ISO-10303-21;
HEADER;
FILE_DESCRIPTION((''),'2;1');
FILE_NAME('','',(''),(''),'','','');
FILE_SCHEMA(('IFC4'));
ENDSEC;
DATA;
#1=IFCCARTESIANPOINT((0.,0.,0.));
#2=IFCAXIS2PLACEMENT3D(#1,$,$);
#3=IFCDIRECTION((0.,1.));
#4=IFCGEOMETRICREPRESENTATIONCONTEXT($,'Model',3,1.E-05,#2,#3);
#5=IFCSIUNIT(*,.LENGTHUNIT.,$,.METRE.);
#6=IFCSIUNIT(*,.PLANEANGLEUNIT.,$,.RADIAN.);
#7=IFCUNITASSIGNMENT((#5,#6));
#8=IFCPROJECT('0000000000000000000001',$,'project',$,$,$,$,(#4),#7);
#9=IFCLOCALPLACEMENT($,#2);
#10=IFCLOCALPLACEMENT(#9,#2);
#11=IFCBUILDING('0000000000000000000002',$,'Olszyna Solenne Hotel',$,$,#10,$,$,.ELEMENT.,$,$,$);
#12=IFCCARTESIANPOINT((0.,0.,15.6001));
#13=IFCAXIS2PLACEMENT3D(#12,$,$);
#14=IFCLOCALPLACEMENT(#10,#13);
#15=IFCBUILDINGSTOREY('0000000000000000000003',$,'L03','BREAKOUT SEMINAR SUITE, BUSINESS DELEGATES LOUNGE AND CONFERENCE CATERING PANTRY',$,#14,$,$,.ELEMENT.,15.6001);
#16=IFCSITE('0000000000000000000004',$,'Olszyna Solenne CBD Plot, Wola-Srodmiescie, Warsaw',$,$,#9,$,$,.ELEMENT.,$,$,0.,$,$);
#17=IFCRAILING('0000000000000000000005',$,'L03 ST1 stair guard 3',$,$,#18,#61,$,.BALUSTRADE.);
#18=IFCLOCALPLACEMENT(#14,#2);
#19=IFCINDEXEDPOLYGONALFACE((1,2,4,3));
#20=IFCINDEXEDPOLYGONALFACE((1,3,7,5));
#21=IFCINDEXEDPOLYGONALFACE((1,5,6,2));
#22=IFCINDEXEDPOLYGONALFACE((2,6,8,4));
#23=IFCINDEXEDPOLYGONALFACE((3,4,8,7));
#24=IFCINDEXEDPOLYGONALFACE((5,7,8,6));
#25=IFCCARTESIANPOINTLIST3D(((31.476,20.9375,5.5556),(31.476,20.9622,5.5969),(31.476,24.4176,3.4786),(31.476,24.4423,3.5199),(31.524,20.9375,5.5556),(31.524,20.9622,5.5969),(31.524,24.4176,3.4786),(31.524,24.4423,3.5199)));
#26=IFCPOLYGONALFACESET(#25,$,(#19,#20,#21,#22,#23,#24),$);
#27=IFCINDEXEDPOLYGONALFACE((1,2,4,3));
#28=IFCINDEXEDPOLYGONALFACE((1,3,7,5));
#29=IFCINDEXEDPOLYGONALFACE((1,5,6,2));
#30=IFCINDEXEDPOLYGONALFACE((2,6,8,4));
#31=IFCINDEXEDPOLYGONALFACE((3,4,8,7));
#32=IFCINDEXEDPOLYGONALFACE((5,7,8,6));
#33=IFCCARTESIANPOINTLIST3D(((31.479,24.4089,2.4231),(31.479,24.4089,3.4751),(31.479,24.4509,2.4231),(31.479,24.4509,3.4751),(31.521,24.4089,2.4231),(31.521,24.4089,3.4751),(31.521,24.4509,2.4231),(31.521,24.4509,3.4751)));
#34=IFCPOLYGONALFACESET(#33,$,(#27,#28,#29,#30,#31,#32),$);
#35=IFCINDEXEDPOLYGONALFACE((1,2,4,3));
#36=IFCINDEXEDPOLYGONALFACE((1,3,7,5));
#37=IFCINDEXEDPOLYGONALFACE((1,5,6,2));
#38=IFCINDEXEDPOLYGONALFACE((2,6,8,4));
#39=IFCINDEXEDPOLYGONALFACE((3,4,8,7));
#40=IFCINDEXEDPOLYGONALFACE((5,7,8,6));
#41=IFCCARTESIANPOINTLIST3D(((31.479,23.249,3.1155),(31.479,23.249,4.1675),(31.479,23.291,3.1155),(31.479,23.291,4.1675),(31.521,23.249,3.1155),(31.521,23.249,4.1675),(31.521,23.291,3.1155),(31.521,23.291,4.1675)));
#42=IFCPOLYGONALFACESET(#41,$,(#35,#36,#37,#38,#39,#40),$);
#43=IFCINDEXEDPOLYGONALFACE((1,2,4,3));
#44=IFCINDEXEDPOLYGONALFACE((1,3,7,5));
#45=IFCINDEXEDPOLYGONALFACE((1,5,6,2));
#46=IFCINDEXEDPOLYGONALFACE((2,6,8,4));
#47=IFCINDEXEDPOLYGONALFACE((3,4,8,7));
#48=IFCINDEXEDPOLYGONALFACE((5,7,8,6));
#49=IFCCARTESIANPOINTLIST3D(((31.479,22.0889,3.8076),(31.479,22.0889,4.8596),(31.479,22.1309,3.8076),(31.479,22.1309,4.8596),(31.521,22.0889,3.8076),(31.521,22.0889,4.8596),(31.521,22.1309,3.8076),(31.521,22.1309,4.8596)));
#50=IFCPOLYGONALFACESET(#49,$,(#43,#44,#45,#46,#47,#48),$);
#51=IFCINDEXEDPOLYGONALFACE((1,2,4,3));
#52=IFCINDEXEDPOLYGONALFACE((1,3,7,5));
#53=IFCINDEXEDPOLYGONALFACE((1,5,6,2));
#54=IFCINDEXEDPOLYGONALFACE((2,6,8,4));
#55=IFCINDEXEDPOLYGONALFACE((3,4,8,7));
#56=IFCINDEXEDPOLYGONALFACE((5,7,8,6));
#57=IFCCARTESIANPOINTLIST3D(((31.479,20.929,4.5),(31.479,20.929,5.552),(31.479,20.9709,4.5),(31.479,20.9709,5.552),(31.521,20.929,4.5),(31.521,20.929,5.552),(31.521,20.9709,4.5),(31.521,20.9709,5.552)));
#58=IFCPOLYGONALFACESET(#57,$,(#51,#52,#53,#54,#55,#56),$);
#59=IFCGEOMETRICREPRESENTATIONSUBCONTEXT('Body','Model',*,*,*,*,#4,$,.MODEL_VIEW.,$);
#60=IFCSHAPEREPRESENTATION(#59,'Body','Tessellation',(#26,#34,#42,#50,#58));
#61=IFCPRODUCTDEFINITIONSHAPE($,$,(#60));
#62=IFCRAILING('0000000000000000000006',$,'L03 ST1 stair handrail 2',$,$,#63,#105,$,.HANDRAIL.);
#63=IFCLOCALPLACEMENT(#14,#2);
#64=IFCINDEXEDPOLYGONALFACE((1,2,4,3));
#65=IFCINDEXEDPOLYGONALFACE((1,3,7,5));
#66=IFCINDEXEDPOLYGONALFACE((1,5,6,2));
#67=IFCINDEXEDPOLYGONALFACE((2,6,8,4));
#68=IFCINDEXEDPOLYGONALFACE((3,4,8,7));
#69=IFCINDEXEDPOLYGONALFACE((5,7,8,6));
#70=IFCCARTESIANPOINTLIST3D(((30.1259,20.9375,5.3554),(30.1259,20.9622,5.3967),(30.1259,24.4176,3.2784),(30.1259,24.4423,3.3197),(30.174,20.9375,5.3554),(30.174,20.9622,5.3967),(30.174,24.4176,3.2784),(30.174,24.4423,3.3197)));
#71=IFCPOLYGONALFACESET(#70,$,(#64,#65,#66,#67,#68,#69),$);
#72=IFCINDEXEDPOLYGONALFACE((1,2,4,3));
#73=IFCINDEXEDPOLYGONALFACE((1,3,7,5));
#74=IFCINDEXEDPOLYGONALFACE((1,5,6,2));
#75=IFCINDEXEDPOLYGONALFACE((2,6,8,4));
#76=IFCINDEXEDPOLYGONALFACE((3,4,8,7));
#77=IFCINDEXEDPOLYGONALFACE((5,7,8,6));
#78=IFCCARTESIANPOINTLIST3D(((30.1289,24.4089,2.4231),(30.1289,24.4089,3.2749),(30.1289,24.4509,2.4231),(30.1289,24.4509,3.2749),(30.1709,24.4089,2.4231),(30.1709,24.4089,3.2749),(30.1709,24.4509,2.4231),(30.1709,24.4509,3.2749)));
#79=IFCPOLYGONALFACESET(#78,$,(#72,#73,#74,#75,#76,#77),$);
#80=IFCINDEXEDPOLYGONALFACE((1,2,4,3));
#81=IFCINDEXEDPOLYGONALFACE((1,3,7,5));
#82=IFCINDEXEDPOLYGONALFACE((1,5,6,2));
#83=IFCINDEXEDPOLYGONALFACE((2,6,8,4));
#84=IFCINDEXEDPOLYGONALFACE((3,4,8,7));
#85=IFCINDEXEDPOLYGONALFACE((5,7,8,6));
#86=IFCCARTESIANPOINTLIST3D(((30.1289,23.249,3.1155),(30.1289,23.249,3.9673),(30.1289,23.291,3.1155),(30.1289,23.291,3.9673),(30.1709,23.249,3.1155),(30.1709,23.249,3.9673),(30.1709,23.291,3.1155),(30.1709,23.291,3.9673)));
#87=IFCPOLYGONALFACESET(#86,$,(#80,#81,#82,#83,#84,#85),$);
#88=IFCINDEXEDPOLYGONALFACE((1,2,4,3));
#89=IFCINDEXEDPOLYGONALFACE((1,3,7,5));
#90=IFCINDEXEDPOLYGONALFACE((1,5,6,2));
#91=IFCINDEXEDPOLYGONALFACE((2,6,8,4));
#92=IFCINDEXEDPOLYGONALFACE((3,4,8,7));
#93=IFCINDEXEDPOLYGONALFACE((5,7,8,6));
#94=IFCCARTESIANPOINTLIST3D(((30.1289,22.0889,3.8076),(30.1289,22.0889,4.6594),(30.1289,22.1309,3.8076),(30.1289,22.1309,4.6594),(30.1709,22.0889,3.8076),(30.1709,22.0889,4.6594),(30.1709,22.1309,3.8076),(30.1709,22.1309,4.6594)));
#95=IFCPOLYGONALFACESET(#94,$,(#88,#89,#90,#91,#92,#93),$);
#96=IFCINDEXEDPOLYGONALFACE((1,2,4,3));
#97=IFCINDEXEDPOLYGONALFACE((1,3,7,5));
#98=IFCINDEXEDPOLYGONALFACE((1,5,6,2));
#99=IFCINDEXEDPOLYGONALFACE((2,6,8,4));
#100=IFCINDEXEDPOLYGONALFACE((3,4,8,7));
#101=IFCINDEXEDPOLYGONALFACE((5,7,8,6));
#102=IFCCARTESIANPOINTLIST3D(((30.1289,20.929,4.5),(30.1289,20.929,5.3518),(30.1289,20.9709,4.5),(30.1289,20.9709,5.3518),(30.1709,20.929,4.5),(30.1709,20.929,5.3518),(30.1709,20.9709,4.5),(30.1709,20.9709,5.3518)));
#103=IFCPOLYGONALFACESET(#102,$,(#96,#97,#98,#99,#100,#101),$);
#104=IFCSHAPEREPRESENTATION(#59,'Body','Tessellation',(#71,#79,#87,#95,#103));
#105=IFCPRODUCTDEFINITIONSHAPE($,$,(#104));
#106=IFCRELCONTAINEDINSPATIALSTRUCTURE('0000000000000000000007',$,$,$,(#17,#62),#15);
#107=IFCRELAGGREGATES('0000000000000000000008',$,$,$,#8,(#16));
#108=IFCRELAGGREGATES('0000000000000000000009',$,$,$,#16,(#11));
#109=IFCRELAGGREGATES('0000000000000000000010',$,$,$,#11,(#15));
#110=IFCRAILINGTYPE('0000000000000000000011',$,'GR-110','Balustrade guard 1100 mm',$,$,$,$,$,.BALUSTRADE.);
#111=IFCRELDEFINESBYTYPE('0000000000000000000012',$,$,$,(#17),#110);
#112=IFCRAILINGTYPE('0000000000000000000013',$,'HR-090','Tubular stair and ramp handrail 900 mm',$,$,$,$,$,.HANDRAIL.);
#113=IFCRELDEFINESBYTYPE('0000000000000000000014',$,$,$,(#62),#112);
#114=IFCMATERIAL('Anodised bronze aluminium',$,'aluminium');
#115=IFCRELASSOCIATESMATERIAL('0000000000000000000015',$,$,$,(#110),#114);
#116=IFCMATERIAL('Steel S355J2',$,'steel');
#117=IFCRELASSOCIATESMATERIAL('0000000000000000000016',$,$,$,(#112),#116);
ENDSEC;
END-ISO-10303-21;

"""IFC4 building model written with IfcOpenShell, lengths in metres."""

from ifc_helpers import new_model, si_unit, direction, frame, origin, origin_2d, place, context, subcontext, project, spatial, rectangle, extrude, material, type_object, element, save


model = new_model("IFC4")

# Units and contexts
model_context = context("Model", 3, precision=1e-05, world=origin(), true_north=direction((0.0, 1.0)))
body_context = subcontext(model_context, "Body", "Model", "MODEL_VIEW")
ifc_project = project(units=[si_unit("LENGTHUNIT", "METRE"), si_unit("PLANEANGLEUNIT", "RADIAN")], contexts=[model_context])

# Site, building, storey
site_placement = place(None, origin())
site = spatial("IfcSite", under=ifc_project, at=site_placement, Name="Olszyna Solenne CBD Plot, Wola-Srodmiescie, Warsaw", CompositionType="ELEMENT", RefElevation=0.0)
building_placement = place(site_placement, origin())
building = spatial("IfcBuilding", under=site, at=building_placement, Name="Olszyna Solenne Hotel", CompositionType="ELEMENT")
storey_placement = place(building_placement, frame((0.0, 0.0, 15.6001)))
storey = spatial("IfcBuildingStorey", under=building, at=storey_placement, Name="L03", Description="BREAKOUT SEMINAR SUITE, BUSINESS DELEGATES LOUNGE AND CONFERENCE CATERING PANTRY", CompositionType="ELEMENT", Elevation=15.6001)

# Shared definitions
ifc_material_1 = material(Name="Steel S355J2", Category="steel")

# Railings
ifc_material_2 = material(Name="Anodised bronze aluminium", Category="aluminium")
railing_type_1 = type_object("IfcRailingType", Name="GR-110", Description="Balustrade guard 1100 mm", PredefinedType="BALUSTRADE", material=ifc_material_2)
railing_1_placement = place(storey_placement, frame((31.5, 24.4299, 2.4231)))
element("IfcRailing", 1, at=railing_1_placement, inside=storey, type_object=railing_type_1, Name="L03 ST1 stair guard 3", PredefinedType="BALUSTRADE", context=body_context, shape_type="SweptSolid", body=[
    extrude(rectangle(XDim=0.0481, YDim=0.0481, at=origin_2d()), frame((0.0, 0.0, 1.0762), z_axis=(0.0, -0.858697, 0.512483), x_axis=(1.0, 0.0, 0.0)), (0.0, 0.0, 1.0), 4.0527),
    extrude(rectangle(XDim=0.042, YDim=0.042, at=origin_2d()), origin(), (0.0, 0.0, 1.0), 1.052),
    extrude(rectangle(XDim=0.042, YDim=0.042, at=origin_2d()), frame((0.0, -1.1599, 0.6924)), (0.0, 0.0, 1.0), 1.052),
    extrude(rectangle(XDim=0.042, YDim=0.042, at=origin_2d()), frame((0.0, -2.3201, 1.3845)), (0.0, 0.0, 1.0), 1.052),
    extrude(rectangle(XDim=0.042, YDim=0.042, at=origin_2d()), frame((0.0, -3.48, 2.0769)), (0.0, 0.0, 1.0), 1.052),
])
railing_type_2 = type_object("IfcRailingType", Name="HR-090", Description="Tubular stair and ramp handrail 900 mm", PredefinedType="HANDRAIL", material=ifc_material_1)
railing_2_placement = place(storey_placement, frame((30.1499, 24.4299, 2.4231)))
element("IfcRailing", 2, at=railing_2_placement, inside=storey, type_object=railing_type_2, Name="L03 ST1 stair handrail 2", PredefinedType="HANDRAIL", context=body_context, shape_type="SweptSolid", body=[
    extrude(rectangle(XDim=0.0481, YDim=0.0481, at=origin_2d()), frame((0.0, 0.0, 0.876), z_axis=(0.0, -0.858697, 0.512483), x_axis=(1.0, 0.0, 0.0)), (0.0, 0.0, 1.0), 4.0527),
    extrude(rectangle(XDim=0.042, YDim=0.042, at=origin_2d()), origin(), (0.0, 0.0, 1.0), 0.8518),
    extrude(rectangle(XDim=0.042, YDim=0.042, at=origin_2d()), frame((0.0, -1.1599, 0.6924)), (0.0, 0.0, 1.0), 0.8518),
    extrude(rectangle(XDim=0.042, YDim=0.042, at=origin_2d()), frame((0.0, -2.3201, 1.3845)), (0.0, 0.0, 1.0), 0.8518),
    extrude(rectangle(XDim=0.042, YDim=0.042, at=origin_2d()), frame((0.0, -3.48, 2.0769)), (0.0, 0.0, 1.0), 0.8518),
])

save(model, "model.ifc")
